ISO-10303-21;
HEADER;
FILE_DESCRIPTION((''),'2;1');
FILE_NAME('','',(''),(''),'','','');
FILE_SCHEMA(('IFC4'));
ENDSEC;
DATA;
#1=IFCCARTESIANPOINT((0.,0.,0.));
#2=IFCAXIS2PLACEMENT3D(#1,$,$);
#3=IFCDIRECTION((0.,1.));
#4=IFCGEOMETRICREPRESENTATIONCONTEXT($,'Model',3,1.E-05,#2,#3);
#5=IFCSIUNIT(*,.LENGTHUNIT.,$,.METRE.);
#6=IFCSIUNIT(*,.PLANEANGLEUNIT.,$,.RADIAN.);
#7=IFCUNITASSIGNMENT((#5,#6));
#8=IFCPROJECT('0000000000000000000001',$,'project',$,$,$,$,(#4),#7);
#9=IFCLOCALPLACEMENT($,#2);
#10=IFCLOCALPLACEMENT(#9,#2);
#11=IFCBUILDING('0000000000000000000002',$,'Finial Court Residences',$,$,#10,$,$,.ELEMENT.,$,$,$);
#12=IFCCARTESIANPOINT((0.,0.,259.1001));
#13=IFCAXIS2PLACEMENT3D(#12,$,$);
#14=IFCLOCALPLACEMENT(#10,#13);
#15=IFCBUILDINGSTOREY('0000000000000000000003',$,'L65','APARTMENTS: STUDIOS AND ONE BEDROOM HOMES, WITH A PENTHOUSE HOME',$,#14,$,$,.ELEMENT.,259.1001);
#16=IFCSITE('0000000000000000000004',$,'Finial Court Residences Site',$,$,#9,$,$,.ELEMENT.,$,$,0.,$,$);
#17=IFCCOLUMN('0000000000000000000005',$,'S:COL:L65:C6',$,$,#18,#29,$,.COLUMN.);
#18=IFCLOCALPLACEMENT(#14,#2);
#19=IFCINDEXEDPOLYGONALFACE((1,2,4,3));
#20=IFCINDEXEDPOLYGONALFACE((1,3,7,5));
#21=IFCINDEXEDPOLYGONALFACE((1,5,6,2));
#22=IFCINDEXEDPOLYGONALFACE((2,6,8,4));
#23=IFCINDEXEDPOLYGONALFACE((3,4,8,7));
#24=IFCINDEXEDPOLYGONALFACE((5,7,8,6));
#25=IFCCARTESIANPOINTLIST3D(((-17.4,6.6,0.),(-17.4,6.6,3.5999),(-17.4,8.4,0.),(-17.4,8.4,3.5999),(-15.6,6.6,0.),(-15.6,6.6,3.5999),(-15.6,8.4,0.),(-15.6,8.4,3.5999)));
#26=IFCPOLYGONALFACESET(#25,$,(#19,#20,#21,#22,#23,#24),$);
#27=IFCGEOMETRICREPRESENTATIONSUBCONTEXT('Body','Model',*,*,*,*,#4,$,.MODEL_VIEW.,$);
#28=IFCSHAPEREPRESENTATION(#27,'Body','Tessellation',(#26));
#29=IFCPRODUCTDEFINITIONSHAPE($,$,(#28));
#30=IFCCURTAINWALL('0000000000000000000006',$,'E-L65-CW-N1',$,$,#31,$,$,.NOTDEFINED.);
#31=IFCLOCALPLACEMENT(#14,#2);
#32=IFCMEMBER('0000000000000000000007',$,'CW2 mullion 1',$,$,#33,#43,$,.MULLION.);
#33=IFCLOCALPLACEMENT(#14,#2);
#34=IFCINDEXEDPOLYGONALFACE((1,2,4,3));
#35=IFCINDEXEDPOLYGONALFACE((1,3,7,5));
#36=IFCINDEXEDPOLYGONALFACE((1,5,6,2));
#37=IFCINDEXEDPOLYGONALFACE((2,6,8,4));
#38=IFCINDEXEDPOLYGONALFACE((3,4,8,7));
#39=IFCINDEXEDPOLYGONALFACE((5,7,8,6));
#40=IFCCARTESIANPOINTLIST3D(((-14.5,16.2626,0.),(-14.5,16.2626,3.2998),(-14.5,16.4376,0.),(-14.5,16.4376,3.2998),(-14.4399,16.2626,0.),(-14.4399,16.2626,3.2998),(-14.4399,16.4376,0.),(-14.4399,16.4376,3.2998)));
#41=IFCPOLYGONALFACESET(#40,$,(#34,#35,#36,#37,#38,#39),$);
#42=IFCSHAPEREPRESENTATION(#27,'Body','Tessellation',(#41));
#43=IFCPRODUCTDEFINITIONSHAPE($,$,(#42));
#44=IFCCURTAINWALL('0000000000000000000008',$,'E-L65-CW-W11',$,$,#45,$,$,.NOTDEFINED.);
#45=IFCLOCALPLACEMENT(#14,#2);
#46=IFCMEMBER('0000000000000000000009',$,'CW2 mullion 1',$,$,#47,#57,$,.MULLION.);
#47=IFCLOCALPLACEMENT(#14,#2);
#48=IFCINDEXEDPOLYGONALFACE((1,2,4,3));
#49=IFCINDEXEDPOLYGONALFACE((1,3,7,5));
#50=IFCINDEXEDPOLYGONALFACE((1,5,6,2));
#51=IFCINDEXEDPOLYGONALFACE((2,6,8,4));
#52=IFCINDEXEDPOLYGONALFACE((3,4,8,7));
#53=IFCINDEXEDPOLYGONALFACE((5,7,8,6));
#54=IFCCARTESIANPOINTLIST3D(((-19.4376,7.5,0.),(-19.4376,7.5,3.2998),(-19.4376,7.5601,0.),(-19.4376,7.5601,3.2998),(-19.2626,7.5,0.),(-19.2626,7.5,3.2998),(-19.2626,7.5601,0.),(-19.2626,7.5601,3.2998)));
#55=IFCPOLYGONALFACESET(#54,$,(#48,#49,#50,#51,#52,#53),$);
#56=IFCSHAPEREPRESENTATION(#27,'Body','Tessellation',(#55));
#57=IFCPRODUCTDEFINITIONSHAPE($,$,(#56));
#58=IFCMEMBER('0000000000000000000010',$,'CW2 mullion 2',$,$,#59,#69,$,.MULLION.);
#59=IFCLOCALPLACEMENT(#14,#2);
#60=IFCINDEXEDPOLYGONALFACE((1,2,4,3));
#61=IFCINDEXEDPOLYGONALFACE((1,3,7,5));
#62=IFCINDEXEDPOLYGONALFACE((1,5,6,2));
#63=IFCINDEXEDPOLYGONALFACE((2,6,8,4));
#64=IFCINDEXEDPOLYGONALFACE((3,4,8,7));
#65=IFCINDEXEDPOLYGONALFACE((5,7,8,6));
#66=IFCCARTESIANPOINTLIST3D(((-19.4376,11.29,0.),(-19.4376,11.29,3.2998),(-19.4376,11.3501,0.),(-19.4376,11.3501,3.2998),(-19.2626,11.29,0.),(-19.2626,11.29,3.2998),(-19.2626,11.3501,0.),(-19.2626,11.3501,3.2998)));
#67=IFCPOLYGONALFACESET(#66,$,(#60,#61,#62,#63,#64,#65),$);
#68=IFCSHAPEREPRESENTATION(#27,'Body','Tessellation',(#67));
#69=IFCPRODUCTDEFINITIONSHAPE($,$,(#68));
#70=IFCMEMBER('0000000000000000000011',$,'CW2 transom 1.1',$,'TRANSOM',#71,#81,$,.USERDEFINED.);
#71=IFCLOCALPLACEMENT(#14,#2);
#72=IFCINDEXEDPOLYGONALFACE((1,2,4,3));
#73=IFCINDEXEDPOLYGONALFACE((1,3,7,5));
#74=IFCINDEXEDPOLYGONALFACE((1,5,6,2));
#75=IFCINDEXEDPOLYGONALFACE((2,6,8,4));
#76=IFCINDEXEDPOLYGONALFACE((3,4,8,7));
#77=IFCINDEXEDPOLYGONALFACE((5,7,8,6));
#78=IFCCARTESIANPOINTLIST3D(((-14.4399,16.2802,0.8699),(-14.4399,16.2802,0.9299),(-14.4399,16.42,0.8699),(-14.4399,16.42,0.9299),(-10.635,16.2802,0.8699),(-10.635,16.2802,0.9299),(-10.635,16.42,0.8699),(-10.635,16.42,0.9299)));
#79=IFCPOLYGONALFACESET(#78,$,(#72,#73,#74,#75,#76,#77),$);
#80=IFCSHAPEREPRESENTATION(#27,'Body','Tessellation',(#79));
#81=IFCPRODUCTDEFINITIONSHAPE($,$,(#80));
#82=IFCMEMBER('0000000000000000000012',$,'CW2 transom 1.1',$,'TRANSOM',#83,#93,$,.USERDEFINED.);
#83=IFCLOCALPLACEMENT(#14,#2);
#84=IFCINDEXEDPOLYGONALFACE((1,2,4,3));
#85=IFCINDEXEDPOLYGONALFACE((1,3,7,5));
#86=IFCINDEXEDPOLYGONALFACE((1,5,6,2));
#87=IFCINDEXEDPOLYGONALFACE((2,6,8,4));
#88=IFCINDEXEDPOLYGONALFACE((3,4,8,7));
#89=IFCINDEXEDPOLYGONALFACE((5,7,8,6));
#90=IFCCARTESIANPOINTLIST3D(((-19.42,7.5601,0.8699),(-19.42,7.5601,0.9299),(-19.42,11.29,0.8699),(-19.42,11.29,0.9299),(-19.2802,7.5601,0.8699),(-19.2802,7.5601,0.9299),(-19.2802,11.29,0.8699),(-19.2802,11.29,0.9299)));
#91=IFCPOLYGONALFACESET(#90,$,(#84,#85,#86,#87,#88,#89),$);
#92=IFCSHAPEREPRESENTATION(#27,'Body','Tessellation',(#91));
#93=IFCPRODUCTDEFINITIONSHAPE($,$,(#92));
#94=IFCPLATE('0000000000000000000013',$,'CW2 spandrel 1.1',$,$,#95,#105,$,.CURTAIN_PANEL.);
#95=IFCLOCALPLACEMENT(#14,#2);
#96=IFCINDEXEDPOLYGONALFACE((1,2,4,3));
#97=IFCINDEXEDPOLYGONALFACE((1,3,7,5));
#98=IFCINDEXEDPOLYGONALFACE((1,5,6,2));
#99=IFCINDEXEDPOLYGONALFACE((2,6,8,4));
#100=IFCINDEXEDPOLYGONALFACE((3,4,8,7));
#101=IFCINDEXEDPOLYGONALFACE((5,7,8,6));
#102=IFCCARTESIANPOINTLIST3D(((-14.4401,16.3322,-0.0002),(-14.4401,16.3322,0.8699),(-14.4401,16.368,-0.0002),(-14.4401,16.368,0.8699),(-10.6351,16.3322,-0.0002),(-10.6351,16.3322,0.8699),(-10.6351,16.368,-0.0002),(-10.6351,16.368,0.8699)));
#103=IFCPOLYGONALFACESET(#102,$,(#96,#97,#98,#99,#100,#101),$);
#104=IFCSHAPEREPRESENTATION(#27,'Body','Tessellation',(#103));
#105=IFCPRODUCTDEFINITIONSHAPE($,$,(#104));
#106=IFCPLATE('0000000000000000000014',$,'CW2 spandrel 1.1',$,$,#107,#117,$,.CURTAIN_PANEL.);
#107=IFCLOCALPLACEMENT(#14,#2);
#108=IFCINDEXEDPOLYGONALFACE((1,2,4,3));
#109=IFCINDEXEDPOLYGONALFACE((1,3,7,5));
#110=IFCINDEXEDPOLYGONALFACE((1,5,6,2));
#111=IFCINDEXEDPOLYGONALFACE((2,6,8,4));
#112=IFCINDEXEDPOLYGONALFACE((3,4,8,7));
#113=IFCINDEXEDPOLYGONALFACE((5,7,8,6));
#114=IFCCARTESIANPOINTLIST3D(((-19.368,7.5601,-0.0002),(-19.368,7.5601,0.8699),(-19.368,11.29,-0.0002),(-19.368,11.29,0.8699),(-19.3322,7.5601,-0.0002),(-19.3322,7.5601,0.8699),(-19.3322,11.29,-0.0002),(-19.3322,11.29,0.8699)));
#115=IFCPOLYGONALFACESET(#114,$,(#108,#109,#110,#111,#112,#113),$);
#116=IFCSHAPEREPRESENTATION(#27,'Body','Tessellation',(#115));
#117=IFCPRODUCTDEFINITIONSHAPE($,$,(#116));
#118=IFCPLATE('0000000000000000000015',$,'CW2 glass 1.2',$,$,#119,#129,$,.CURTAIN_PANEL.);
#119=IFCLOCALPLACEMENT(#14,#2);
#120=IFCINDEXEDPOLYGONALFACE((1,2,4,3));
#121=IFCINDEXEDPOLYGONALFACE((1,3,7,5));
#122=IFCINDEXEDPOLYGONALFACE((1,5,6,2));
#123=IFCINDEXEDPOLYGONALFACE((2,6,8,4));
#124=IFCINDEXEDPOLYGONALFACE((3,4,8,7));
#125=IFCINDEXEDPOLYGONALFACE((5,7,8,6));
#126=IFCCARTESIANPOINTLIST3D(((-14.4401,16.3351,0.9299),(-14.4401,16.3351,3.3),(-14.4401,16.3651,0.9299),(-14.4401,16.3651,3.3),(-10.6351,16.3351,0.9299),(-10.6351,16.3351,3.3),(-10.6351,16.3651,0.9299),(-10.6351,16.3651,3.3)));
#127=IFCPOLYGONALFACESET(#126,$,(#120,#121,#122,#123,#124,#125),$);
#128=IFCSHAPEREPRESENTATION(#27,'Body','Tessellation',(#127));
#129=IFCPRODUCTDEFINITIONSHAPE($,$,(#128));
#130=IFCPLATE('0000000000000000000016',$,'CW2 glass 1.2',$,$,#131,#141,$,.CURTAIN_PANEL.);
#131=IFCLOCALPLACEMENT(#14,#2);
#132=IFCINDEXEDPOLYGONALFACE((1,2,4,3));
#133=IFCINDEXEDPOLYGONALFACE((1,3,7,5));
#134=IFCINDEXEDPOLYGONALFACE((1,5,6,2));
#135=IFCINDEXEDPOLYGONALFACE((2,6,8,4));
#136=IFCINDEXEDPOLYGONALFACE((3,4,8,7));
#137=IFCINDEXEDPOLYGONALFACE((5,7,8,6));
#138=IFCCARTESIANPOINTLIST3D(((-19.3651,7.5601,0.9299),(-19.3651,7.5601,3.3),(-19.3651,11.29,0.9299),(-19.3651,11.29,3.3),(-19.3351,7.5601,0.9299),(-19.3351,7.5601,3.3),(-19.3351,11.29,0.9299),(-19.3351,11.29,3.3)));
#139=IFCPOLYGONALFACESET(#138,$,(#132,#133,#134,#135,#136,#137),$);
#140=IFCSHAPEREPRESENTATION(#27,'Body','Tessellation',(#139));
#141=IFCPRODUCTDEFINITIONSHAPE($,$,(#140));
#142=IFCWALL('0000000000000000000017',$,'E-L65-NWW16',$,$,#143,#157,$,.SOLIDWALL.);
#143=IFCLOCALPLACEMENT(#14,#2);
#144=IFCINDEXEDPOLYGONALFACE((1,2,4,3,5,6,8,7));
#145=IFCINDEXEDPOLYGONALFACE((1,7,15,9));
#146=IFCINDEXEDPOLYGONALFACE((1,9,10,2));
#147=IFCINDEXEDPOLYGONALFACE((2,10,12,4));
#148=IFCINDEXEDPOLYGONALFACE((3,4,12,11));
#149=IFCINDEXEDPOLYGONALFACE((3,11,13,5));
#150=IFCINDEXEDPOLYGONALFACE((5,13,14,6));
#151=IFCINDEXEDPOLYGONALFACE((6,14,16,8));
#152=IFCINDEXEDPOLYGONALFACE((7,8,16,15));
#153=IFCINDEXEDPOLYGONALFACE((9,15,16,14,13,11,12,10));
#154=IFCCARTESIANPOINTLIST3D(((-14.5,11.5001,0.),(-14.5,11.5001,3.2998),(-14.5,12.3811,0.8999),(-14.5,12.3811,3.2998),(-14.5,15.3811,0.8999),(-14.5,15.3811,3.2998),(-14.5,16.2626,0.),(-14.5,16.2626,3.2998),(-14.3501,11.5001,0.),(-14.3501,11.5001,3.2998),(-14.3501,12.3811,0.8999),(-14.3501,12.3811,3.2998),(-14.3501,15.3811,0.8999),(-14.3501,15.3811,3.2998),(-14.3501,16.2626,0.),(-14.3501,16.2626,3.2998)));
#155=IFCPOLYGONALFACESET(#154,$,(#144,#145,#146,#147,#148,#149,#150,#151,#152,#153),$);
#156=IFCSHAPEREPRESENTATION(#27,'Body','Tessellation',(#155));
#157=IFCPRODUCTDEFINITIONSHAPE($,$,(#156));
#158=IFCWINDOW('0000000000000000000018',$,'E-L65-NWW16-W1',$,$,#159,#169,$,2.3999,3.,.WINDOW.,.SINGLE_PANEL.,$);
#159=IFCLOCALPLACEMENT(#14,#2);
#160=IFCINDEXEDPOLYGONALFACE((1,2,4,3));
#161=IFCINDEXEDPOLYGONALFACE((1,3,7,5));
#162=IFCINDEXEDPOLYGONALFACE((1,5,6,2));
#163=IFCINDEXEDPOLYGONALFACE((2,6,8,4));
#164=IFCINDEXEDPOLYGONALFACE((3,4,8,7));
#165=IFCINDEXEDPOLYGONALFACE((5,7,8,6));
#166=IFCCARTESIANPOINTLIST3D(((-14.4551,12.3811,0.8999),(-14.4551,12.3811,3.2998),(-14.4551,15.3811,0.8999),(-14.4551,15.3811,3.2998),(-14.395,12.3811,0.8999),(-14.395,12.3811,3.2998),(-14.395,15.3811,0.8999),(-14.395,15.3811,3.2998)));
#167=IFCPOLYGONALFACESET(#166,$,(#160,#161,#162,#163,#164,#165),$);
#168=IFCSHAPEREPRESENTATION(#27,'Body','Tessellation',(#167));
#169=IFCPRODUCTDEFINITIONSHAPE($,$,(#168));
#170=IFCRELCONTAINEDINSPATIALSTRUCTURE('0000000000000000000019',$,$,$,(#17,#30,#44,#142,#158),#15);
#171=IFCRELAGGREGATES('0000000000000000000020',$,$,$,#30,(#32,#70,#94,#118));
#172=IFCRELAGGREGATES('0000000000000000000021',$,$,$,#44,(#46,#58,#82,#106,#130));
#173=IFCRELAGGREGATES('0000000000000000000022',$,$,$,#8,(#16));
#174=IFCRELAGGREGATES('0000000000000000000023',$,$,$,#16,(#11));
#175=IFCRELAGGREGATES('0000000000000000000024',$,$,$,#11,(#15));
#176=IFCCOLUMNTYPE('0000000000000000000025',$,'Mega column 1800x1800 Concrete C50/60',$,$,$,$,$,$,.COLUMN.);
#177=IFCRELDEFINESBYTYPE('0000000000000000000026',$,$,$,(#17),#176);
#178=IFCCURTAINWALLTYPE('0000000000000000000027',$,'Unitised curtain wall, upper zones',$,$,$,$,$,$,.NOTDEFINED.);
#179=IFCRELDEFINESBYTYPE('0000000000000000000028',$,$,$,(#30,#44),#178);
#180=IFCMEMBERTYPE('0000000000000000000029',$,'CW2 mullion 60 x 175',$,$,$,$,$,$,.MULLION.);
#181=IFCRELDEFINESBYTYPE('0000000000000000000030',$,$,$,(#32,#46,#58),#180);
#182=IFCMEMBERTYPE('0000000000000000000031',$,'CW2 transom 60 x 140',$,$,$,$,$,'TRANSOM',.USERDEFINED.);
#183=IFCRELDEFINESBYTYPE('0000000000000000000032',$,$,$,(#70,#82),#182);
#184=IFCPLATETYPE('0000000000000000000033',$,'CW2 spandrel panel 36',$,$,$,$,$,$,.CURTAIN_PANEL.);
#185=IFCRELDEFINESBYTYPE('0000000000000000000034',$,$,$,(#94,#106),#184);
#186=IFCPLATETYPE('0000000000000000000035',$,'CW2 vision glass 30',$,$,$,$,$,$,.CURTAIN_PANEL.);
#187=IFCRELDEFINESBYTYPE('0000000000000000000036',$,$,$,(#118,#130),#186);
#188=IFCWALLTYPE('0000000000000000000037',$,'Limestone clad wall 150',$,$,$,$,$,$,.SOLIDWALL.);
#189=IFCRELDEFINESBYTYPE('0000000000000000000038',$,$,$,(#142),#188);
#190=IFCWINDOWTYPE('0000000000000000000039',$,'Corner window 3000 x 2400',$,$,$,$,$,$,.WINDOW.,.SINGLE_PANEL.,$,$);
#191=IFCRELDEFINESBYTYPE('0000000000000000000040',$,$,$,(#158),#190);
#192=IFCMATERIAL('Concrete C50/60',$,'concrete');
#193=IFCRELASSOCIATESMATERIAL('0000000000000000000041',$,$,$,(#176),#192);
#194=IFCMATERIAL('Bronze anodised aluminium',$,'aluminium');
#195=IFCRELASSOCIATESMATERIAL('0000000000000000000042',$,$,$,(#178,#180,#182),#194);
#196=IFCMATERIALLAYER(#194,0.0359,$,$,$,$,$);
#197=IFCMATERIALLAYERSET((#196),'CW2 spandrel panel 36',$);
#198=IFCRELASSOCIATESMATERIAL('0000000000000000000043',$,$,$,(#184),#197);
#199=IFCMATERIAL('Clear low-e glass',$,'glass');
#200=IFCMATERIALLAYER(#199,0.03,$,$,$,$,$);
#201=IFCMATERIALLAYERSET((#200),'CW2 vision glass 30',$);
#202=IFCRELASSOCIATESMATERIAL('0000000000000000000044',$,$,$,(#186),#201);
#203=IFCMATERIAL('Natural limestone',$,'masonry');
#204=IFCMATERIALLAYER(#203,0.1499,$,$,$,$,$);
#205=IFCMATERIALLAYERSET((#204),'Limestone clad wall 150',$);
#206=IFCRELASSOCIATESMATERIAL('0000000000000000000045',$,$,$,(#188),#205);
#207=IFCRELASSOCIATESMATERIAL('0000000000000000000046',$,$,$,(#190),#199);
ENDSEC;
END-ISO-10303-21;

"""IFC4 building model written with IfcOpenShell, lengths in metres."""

from ifc_helpers import new_model, si_unit, direction, frame, frame_2d, origin, origin_2d, place, context, subcontext, project, spatial, rectangle, extrude, material, layer, layer_set, material_profile, profile_set, type_object, element, fill, aggregate, save


model = new_model("IFC4")

# Units and contexts
model_context = context("Model", 3, precision=1e-05, world=origin(), true_north=direction((0.0, 1.0)))
body_context = subcontext(model_context, "Body", "Model", "MODEL_VIEW")
ifc_project = project(units=[si_unit("LENGTHUNIT", "METRE"), si_unit("PLANEANGLEUNIT", "RADIAN")], contexts=[model_context])

# Site, building, storey
site_placement = place(None, origin())
site = spatial("IfcSite", under=ifc_project, at=site_placement, Name="Finial Court Residences Site", CompositionType="ELEMENT", RefElevation=0.0)
building_placement = place(site_placement, origin())
building = spatial("IfcBuilding", under=site, at=building_placement, Name="Finial Court Residences", CompositionType="ELEMENT")
storey_placement = place(building_placement, frame((0.0, 0.0, 259.1001)))
storey = spatial("IfcBuildingStorey", under=building, at=storey_placement, Name="L65", Description="APARTMENTS: STUDIOS AND ONE BEDROOM HOMES, WITH A PENTHOUSE HOME", CompositionType="ELEMENT", Elevation=259.1001)

# Column
ifc_material_1 = material(Name="Concrete C50/60", Category="concrete")
ifc_material_profile_1 = material_profile(ifc_material_1, rectangle(XDim=1.8, YDim=1.8, at=origin_2d()), Name="1800x1800")
ifc_profile_set_1 = profile_set([ifc_material_profile_1], Name="Concrete C50/60")
column_type = type_object("IfcColumnType", Name="Mega column 1800x1800 Concrete C50/60", PredefinedType="COLUMN", material=ifc_profile_set_1)
column_placement = place(storey_placement, frame((-16.5, 7.5, 0.0), z_axis=(0.0, 0.0, 1.0), x_axis=(1.0, 0.0, 0.0)))
element("IfcColumn", 1, at=column_placement, inside=storey, type_object=column_type, Name="S:COL:L65:C6", PredefinedType="COLUMN", context=body_context, shape_type="SweptSolid", body=[
    extrude(rectangle(XDim=1.8, YDim=1.8, at=origin_2d()), origin(), (0.0, 0.0, 1.0), 3.5999),
])

# Curtain wall, member
ifc_material_2 = material(Name="Bronze anodised aluminium", Category="aluminium")
curtain_wall_type = type_object("IfcCurtainWallType", Name="Unitised curtain wall, upper zones", PredefinedType="NOTDEFINED", material=ifc_material_2)
curtain_wall_1_placement = place(storey_placement, origin())
curtain_wall_1 = element("IfcCurtainWall", 2, at=curtain_wall_1_placement, inside=storey, type_object=curtain_wall_type, Name="E-L65-CW-N1", PredefinedType="NOTDEFINED")
ifc_material_profile_2 = material_profile(ifc_material_2, rectangle(XDim=0.175, YDim=0.0601, at=origin_2d()), Name="CW2 mullion 60 x 175")
ifc_profile_set_2 = profile_set([ifc_material_profile_2], Name="Bronze anodised aluminium")
member_type_1 = type_object("IfcMemberType", Name="CW2 mullion 60 x 175", PredefinedType="MULLION", material=ifc_profile_set_2)
member_1_placement = place(storey_placement, frame((-14.47, 16.3501, 0.0), z_axis=(0.0, 0.0, 1.0), x_axis=(0.0, 1.0, 0.0)))
member_1 = element("IfcMember", 3, at=member_1_placement, type_object=member_type_1, Name="CW2 mullion 1", PredefinedType="MULLION", context=body_context, shape_type="SweptSolid", body=[
    extrude(rectangle(XDim=0.175, YDim=0.0601, at=origin_2d()), origin(), (0.0, 0.0, 1.0), 3.2998),
])

# Curtain wall, members
curtain_wall_2_placement = place(storey_placement, origin())
curtain_wall_2 = element("IfcCurtainWall", 4, at=curtain_wall_2_placement, inside=storey, type_object=curtain_wall_type, Name="E-L65-CW-W11", PredefinedType="NOTDEFINED")
member_2_placement = place(storey_placement, frame((-19.3501, 7.53, 0.0), z_axis=(0.0, 0.0, 1.0), x_axis=(-1.0, 0.0, 0.0)))
member_2 = element("IfcMember", 5, at=member_2_placement, type_object=member_type_1, Name="CW2 mullion 1", PredefinedType="MULLION", context=body_context, shape_type="SweptSolid", body=[
    extrude(rectangle(XDim=0.175, YDim=0.0601, at=origin_2d()), origin(), (0.0, 0.0, 1.0), 3.2998),
])
member_3_placement = place(storey_placement, frame((-19.3501, 11.3201, 0.0), z_axis=(0.0, 0.0, 1.0), x_axis=(-1.0, 0.0, 0.0)))
member_3 = element("IfcMember", 6, at=member_3_placement, type_object=member_type_1, Name="CW2 mullion 2", PredefinedType="MULLION", context=body_context, shape_type="SweptSolid", body=[
    extrude(rectangle(XDim=0.175, YDim=0.0601, at=origin_2d()), origin(), (0.0, 0.0, 1.0), 3.2998),
])

# Members
ifc_material_profile_3 = material_profile(ifc_material_2, rectangle(XDim=0.1399, YDim=0.0601, at=origin_2d()), Name="CW2 transom 60 x 140")
ifc_profile_set_3 = profile_set([ifc_material_profile_3], Name="Bronze anodised aluminium")
member_type_2 = type_object("IfcMemberType", Name="CW2 transom 60 x 140", ElementType="TRANSOM", PredefinedType="USERDEFINED", material=ifc_profile_set_3)
member_4_placement = place(storey_placement, frame((-14.4399, 16.3501, 0.8999), z_axis=(1.0, 0.0, 0.0), x_axis=(0.0, 1.0, 0.0)))
member_4 = element("IfcMember", 7, at=member_4_placement, type_object=member_type_2, Name="CW2 transom 1.1", ObjectType="TRANSOM", PredefinedType="USERDEFINED", context=body_context, shape_type="SweptSolid", body=[
    extrude(rectangle(XDim=0.1399, YDim=0.0601, at=origin_2d()), origin(), (0.0, 0.0, 1.0), 3.8049),
])
member_5_placement = place(storey_placement, frame((-19.3501, 7.5601, 0.8999), z_axis=(0.0, 1.0, 0.0), x_axis=(-1.0, 0.0, 0.0)))
member_5 = element("IfcMember", 8, at=member_5_placement, type_object=member_type_2, Name="CW2 transom 1.1", ObjectType="TRANSOM", PredefinedType="USERDEFINED", context=body_context, shape_type="SweptSolid", body=[
    extrude(rectangle(XDim=0.1399, YDim=0.0601, at=origin_2d()), origin(), (0.0, 0.0, 1.0), 3.73),
])

# Plates
ifc_layer_1 = layer(ifc_material_2, 0.0359)
ifc_layer_set_1 = layer_set([ifc_layer_1], Name="CW2 spandrel panel 36")
plate_type_1 = type_object("IfcPlateType", Name="CW2 spandrel panel 36", PredefinedType="CURTAIN_PANEL", material=ifc_layer_set_1)
plate_1_placement = place(storey_placement, frame((-12.5376, 16.3501, -0.0002), z_axis=(0.0, 0.0, 1.0), x_axis=(1.0, 0.0, 0.0)))
plate_1 = element("IfcPlate", 9, at=plate_1_placement, type_object=plate_type_1, Name="CW2 spandrel 1.1", PredefinedType="CURTAIN_PANEL", context=body_context, shape_type="SweptSolid", body=[
    extrude(rectangle(XDim=3.8049, YDim=0.0359, at=origin_2d()), origin(), (0.0, 0.0, 1.0), 0.8701),
])
plate_2_placement = place(storey_placement, frame((-19.3501, 9.425, -0.0002), z_axis=(0.0, 0.0, 1.0), x_axis=(0.0, 1.0, 0.0)))
plate_2 = element("IfcPlate", 10, at=plate_2_placement, type_object=plate_type_1, Name="CW2 spandrel 1.1", PredefinedType="CURTAIN_PANEL", context=body_context, shape_type="SweptSolid", body=[
    extrude(rectangle(XDim=3.73, YDim=0.0359, at=origin_2d()), origin(), (0.0, 0.0, 1.0), 0.8701),
])
ifc_material_3 = material(Name="Clear low-e glass", Category="glass")
ifc_layer_2 = layer(ifc_material_3, 0.03)
ifc_layer_set_2 = layer_set([ifc_layer_2], Name="CW2 vision glass 30")
plate_type_2 = type_object("IfcPlateType", Name="CW2 vision glass 30", PredefinedType="CURTAIN_PANEL", material=ifc_layer_set_2)
plate_3_placement = place(storey_placement, frame((-12.5376, 16.3501, 0.9299), z_axis=(0.0, 0.0, 1.0), x_axis=(1.0, 0.0, 0.0)))
plate_3 = element("IfcPlate", 11, at=plate_3_placement, type_object=plate_type_2, Name="CW2 glass 1.2", PredefinedType="CURTAIN_PANEL", context=body_context, shape_type="SweptSolid", body=[
    extrude(rectangle(XDim=3.8049, YDim=0.03, at=origin_2d()), origin(), (0.0, 0.0, 1.0), 2.3701),
])
aggregate(curtain_wall_1, [member_1, member_4, plate_1, plate_3])
plate_4_placement = place(storey_placement, frame((-19.3501, 9.425, 0.9299), z_axis=(0.0, 0.0, 1.0), x_axis=(0.0, 1.0, 0.0)))
plate_4 = element("IfcPlate", 12, at=plate_4_placement, type_object=plate_type_2, Name="CW2 glass 1.2", PredefinedType="CURTAIN_PANEL", context=body_context, shape_type="SweptSolid", body=[
    extrude(rectangle(XDim=3.73, YDim=0.03, at=origin_2d()), origin(), (0.0, 0.0, 1.0), 2.3701),
])
aggregate(curtain_wall_2, [member_2, member_3, member_5, plate_2, plate_4])

# Wall, opening, window
ifc_material_4 = material(Name="Natural limestone", Category="masonry")
ifc_layer_3 = layer(ifc_material_4, 0.1499)
ifc_layer_set_3 = layer_set([ifc_layer_3], Name="Limestone clad wall 150")
wall_type = type_object("IfcWallType", Name="Limestone clad wall 150", PredefinedType="SOLIDWALL", material=ifc_layer_set_3)
wall_1_placement = place(storey_placement, frame((-14.425, 11.5, 0.0), z_axis=(0.0, 0.0, 1.0), x_axis=(0.0, 1.0, 0.0)))
wall_1 = element("IfcWall", 13, at=wall_1_placement, inside=storey, type_object=wall_type, Name="E-L65-NWW16", PredefinedType="SOLIDWALL", context=body_context, shape_type="SweptSolid", body=[
    extrude(rectangle(XDim=4.7625, YDim=0.1499, at=frame_2d((2.3813, 0.0))), origin(), (0.0, 0.0, 1.0), 3.2998),
])
opening_1_placement = place(wall_1_placement, frame((0.8811, 0.0, 0.8999)))
opening_1 = element("IfcOpeningElement", 14, at=opening_1_placement, cuts=wall_1, PredefinedType="OPENING", context=body_context, shape_type="SweptSolid", body=[
    extrude(rectangle(XDim=3.0, YDim=2.3999, at=frame_2d((1.5, 1.2))), frame((0.0, 0.085, 0.0), z_axis=(0.0, -1.0, 0.0), x_axis=(1.0, 0.0, 0.0)), (0.0, 0.0, 1.0), 0.1699),
])
window_type_1 = type_object("IfcWindowType", Name="Corner window 3000 x 2400", PartitioningType="SINGLE_PANEL", PredefinedType="WINDOW", material=ifc_material_3)
window_1_placement = place(opening_1_placement, origin())
window_1 = element("IfcWindow", 15, at=window_1_placement, inside=storey, type_object=window_type_1, Name="E-L65-NWW16-W1", OverallHeight=2.3999, OverallWidth=3.0, PartitioningType="SINGLE_PANEL", PredefinedType="WINDOW", context=body_context, shape_type="SweptSolid", body=[
    extrude(rectangle(XDim=3.0, YDim=2.3999, at=frame_2d((1.5, 1.2))), frame((0.0, 0.03, 0.0), z_axis=(0.0, -1.0, 0.0), x_axis=(1.0, 0.0, 0.0)), (0.0, 0.0, 1.0), 0.0601),
])
fill(opening_1, window_1)

save(model, "model.ifc")
